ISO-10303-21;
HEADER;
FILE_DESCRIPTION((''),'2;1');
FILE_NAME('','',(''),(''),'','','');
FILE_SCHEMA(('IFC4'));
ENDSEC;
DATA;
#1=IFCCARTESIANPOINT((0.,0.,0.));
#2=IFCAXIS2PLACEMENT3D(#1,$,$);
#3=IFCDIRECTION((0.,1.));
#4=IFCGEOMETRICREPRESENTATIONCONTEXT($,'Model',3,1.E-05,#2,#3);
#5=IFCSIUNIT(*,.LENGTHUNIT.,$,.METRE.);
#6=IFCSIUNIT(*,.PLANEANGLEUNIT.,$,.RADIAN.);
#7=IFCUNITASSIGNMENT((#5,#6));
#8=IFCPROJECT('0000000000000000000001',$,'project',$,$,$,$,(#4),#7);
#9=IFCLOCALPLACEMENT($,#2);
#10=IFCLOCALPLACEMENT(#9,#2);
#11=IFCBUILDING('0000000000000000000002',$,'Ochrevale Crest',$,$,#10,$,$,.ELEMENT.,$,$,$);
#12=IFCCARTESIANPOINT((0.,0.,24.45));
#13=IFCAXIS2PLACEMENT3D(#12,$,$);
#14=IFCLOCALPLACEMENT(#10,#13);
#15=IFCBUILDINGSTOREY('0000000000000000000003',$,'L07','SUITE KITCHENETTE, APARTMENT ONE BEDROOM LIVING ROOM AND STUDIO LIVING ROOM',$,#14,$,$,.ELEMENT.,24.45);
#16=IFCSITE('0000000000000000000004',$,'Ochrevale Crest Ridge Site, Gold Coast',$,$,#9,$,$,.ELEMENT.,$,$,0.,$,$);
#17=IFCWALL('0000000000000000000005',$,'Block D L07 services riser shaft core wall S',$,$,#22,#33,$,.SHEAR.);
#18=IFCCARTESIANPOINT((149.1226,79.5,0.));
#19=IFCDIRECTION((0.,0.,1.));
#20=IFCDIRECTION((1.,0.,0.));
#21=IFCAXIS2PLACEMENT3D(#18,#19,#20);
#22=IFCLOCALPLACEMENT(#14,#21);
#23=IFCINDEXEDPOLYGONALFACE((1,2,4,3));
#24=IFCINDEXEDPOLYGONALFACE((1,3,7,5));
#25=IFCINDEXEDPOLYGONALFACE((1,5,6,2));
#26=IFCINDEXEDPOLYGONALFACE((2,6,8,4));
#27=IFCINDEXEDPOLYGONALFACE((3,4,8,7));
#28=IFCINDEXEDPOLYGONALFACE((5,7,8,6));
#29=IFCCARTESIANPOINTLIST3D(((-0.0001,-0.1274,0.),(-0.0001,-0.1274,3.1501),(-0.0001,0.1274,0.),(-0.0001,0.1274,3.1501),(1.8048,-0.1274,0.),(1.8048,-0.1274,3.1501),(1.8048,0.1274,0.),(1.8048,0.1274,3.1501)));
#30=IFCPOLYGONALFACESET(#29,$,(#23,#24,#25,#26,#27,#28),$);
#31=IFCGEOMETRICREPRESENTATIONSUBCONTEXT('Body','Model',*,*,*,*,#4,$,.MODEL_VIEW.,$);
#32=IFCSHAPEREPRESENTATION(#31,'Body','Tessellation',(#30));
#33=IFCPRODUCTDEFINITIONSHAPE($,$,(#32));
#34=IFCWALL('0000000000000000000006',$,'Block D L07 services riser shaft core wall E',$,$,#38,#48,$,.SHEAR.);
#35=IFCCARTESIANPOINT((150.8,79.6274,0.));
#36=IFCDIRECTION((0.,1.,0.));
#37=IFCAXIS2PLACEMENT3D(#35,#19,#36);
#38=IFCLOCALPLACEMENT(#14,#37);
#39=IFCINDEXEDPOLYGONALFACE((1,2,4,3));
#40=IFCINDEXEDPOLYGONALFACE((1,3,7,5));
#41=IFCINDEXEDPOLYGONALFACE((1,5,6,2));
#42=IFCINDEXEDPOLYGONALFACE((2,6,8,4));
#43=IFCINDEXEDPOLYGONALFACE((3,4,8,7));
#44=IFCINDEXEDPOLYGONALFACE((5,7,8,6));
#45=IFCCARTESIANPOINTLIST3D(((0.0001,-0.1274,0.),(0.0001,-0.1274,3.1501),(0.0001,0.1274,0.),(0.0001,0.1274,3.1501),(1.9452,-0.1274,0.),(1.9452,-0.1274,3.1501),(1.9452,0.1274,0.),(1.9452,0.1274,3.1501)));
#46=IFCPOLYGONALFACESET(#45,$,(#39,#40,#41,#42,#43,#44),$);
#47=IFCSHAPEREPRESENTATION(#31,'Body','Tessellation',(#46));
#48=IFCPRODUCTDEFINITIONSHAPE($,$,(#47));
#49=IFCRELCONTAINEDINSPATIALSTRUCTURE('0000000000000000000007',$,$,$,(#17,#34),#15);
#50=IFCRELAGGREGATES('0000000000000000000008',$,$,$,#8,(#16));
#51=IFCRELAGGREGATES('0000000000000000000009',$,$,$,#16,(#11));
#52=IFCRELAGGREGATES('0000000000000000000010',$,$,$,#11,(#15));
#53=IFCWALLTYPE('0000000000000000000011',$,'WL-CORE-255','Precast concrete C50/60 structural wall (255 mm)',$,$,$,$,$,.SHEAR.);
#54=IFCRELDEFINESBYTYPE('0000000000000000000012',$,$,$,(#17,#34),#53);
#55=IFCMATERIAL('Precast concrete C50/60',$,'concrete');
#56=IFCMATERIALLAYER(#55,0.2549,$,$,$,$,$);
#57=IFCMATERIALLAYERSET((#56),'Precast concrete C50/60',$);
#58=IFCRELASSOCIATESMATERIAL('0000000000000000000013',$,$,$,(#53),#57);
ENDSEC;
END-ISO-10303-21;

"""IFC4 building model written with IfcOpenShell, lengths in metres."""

from ifc_helpers import new_model, si_unit, direction, frame, frame_2d, origin, place, context, subcontext, project, spatial, rectangle, extrude, material, layer, layer_set, type_object, element, save


model = new_model("IFC4")

# Units and contexts
model_context = context("Model", 3, precision=1e-05, world=origin(), true_north=direction((0.0, 1.0)))
body_context = subcontext(model_context, "Body", "Model", "MODEL_VIEW")
ifc_project = project(units=[si_unit("LENGTHUNIT", "METRE"), si_unit("PLANEANGLEUNIT", "RADIAN")], contexts=[model_context])

# Site, building, storey
site_placement = place(None, origin())
site = spatial("IfcSite", under=ifc_project, at=site_placement, Name="Ochrevale Crest Ridge Site, Gold Coast", CompositionType="ELEMENT", RefElevation=0.0)
building_placement = place(site_placement, origin())
building = spatial("IfcBuilding", under=site, at=building_placement, Name="Ochrevale Crest", CompositionType="ELEMENT")
storey_placement = place(building_placement, frame((0.0, 0.0, 24.45)))
storey = spatial("IfcBuildingStorey", under=building, at=storey_placement, Name="L07", Description="SUITE KITCHENETTE, APARTMENT ONE BEDROOM LIVING ROOM AND STUDIO LIVING ROOM", CompositionType="ELEMENT", Elevation=24.45)

# Shared definitions
ifc_material_1 = material(Name="Precast concrete C50/60", Category="concrete")

# Walls
ifc_layer_1 = layer(ifc_material_1, 0.2549)
ifc_layer_set_1 = layer_set([ifc_layer_1], Name="Precast concrete C50/60")
wall_type_1 = type_object("IfcWallType", Name="WL-CORE-255", Description="Precast concrete C50/60 structural wall (255 mm)", PredefinedType="SHEAR", material=ifc_layer_set_1)
wall_1_placement = place(storey_placement, frame((149.1226, 79.5, 0.0), z_axis=(0.0, 0.0, 1.0), x_axis=(1.0, 0.0, 0.0)))
element("IfcWall", 1, at=wall_1_placement, inside=storey, type_object=wall_type_1, Name="Block D L07 services riser shaft core wall S", PredefinedType="SHEAR", context=body_context, shape_type="SweptSolid", body=[
    extrude(rectangle(XDim=1.8049, YDim=0.2549, at=frame_2d((0.9023, 0.0))), origin(), (0.0, 0.0, 1.0), 3.1501),
])
wall_2_placement = place(storey_placement, frame((150.8, 79.6274, 0.0), z_axis=(0.0, 0.0, 1.0), x_axis=(0.0, 1.0, 0.0)))
element("IfcWall", 2, at=wall_2_placement, inside=storey, type_object=wall_type_1, Name="Block D L07 services riser shaft core wall E", PredefinedType="SHEAR", context=body_context, shape_type="SweptSolid", body=[
    extrude(rectangle(XDim=1.9451, YDim=0.2549, at=frame_2d((0.9727, 0.0))), origin(), (0.0, 0.0, 1.0), 3.1501),
])

save(model, "model.ifc")
